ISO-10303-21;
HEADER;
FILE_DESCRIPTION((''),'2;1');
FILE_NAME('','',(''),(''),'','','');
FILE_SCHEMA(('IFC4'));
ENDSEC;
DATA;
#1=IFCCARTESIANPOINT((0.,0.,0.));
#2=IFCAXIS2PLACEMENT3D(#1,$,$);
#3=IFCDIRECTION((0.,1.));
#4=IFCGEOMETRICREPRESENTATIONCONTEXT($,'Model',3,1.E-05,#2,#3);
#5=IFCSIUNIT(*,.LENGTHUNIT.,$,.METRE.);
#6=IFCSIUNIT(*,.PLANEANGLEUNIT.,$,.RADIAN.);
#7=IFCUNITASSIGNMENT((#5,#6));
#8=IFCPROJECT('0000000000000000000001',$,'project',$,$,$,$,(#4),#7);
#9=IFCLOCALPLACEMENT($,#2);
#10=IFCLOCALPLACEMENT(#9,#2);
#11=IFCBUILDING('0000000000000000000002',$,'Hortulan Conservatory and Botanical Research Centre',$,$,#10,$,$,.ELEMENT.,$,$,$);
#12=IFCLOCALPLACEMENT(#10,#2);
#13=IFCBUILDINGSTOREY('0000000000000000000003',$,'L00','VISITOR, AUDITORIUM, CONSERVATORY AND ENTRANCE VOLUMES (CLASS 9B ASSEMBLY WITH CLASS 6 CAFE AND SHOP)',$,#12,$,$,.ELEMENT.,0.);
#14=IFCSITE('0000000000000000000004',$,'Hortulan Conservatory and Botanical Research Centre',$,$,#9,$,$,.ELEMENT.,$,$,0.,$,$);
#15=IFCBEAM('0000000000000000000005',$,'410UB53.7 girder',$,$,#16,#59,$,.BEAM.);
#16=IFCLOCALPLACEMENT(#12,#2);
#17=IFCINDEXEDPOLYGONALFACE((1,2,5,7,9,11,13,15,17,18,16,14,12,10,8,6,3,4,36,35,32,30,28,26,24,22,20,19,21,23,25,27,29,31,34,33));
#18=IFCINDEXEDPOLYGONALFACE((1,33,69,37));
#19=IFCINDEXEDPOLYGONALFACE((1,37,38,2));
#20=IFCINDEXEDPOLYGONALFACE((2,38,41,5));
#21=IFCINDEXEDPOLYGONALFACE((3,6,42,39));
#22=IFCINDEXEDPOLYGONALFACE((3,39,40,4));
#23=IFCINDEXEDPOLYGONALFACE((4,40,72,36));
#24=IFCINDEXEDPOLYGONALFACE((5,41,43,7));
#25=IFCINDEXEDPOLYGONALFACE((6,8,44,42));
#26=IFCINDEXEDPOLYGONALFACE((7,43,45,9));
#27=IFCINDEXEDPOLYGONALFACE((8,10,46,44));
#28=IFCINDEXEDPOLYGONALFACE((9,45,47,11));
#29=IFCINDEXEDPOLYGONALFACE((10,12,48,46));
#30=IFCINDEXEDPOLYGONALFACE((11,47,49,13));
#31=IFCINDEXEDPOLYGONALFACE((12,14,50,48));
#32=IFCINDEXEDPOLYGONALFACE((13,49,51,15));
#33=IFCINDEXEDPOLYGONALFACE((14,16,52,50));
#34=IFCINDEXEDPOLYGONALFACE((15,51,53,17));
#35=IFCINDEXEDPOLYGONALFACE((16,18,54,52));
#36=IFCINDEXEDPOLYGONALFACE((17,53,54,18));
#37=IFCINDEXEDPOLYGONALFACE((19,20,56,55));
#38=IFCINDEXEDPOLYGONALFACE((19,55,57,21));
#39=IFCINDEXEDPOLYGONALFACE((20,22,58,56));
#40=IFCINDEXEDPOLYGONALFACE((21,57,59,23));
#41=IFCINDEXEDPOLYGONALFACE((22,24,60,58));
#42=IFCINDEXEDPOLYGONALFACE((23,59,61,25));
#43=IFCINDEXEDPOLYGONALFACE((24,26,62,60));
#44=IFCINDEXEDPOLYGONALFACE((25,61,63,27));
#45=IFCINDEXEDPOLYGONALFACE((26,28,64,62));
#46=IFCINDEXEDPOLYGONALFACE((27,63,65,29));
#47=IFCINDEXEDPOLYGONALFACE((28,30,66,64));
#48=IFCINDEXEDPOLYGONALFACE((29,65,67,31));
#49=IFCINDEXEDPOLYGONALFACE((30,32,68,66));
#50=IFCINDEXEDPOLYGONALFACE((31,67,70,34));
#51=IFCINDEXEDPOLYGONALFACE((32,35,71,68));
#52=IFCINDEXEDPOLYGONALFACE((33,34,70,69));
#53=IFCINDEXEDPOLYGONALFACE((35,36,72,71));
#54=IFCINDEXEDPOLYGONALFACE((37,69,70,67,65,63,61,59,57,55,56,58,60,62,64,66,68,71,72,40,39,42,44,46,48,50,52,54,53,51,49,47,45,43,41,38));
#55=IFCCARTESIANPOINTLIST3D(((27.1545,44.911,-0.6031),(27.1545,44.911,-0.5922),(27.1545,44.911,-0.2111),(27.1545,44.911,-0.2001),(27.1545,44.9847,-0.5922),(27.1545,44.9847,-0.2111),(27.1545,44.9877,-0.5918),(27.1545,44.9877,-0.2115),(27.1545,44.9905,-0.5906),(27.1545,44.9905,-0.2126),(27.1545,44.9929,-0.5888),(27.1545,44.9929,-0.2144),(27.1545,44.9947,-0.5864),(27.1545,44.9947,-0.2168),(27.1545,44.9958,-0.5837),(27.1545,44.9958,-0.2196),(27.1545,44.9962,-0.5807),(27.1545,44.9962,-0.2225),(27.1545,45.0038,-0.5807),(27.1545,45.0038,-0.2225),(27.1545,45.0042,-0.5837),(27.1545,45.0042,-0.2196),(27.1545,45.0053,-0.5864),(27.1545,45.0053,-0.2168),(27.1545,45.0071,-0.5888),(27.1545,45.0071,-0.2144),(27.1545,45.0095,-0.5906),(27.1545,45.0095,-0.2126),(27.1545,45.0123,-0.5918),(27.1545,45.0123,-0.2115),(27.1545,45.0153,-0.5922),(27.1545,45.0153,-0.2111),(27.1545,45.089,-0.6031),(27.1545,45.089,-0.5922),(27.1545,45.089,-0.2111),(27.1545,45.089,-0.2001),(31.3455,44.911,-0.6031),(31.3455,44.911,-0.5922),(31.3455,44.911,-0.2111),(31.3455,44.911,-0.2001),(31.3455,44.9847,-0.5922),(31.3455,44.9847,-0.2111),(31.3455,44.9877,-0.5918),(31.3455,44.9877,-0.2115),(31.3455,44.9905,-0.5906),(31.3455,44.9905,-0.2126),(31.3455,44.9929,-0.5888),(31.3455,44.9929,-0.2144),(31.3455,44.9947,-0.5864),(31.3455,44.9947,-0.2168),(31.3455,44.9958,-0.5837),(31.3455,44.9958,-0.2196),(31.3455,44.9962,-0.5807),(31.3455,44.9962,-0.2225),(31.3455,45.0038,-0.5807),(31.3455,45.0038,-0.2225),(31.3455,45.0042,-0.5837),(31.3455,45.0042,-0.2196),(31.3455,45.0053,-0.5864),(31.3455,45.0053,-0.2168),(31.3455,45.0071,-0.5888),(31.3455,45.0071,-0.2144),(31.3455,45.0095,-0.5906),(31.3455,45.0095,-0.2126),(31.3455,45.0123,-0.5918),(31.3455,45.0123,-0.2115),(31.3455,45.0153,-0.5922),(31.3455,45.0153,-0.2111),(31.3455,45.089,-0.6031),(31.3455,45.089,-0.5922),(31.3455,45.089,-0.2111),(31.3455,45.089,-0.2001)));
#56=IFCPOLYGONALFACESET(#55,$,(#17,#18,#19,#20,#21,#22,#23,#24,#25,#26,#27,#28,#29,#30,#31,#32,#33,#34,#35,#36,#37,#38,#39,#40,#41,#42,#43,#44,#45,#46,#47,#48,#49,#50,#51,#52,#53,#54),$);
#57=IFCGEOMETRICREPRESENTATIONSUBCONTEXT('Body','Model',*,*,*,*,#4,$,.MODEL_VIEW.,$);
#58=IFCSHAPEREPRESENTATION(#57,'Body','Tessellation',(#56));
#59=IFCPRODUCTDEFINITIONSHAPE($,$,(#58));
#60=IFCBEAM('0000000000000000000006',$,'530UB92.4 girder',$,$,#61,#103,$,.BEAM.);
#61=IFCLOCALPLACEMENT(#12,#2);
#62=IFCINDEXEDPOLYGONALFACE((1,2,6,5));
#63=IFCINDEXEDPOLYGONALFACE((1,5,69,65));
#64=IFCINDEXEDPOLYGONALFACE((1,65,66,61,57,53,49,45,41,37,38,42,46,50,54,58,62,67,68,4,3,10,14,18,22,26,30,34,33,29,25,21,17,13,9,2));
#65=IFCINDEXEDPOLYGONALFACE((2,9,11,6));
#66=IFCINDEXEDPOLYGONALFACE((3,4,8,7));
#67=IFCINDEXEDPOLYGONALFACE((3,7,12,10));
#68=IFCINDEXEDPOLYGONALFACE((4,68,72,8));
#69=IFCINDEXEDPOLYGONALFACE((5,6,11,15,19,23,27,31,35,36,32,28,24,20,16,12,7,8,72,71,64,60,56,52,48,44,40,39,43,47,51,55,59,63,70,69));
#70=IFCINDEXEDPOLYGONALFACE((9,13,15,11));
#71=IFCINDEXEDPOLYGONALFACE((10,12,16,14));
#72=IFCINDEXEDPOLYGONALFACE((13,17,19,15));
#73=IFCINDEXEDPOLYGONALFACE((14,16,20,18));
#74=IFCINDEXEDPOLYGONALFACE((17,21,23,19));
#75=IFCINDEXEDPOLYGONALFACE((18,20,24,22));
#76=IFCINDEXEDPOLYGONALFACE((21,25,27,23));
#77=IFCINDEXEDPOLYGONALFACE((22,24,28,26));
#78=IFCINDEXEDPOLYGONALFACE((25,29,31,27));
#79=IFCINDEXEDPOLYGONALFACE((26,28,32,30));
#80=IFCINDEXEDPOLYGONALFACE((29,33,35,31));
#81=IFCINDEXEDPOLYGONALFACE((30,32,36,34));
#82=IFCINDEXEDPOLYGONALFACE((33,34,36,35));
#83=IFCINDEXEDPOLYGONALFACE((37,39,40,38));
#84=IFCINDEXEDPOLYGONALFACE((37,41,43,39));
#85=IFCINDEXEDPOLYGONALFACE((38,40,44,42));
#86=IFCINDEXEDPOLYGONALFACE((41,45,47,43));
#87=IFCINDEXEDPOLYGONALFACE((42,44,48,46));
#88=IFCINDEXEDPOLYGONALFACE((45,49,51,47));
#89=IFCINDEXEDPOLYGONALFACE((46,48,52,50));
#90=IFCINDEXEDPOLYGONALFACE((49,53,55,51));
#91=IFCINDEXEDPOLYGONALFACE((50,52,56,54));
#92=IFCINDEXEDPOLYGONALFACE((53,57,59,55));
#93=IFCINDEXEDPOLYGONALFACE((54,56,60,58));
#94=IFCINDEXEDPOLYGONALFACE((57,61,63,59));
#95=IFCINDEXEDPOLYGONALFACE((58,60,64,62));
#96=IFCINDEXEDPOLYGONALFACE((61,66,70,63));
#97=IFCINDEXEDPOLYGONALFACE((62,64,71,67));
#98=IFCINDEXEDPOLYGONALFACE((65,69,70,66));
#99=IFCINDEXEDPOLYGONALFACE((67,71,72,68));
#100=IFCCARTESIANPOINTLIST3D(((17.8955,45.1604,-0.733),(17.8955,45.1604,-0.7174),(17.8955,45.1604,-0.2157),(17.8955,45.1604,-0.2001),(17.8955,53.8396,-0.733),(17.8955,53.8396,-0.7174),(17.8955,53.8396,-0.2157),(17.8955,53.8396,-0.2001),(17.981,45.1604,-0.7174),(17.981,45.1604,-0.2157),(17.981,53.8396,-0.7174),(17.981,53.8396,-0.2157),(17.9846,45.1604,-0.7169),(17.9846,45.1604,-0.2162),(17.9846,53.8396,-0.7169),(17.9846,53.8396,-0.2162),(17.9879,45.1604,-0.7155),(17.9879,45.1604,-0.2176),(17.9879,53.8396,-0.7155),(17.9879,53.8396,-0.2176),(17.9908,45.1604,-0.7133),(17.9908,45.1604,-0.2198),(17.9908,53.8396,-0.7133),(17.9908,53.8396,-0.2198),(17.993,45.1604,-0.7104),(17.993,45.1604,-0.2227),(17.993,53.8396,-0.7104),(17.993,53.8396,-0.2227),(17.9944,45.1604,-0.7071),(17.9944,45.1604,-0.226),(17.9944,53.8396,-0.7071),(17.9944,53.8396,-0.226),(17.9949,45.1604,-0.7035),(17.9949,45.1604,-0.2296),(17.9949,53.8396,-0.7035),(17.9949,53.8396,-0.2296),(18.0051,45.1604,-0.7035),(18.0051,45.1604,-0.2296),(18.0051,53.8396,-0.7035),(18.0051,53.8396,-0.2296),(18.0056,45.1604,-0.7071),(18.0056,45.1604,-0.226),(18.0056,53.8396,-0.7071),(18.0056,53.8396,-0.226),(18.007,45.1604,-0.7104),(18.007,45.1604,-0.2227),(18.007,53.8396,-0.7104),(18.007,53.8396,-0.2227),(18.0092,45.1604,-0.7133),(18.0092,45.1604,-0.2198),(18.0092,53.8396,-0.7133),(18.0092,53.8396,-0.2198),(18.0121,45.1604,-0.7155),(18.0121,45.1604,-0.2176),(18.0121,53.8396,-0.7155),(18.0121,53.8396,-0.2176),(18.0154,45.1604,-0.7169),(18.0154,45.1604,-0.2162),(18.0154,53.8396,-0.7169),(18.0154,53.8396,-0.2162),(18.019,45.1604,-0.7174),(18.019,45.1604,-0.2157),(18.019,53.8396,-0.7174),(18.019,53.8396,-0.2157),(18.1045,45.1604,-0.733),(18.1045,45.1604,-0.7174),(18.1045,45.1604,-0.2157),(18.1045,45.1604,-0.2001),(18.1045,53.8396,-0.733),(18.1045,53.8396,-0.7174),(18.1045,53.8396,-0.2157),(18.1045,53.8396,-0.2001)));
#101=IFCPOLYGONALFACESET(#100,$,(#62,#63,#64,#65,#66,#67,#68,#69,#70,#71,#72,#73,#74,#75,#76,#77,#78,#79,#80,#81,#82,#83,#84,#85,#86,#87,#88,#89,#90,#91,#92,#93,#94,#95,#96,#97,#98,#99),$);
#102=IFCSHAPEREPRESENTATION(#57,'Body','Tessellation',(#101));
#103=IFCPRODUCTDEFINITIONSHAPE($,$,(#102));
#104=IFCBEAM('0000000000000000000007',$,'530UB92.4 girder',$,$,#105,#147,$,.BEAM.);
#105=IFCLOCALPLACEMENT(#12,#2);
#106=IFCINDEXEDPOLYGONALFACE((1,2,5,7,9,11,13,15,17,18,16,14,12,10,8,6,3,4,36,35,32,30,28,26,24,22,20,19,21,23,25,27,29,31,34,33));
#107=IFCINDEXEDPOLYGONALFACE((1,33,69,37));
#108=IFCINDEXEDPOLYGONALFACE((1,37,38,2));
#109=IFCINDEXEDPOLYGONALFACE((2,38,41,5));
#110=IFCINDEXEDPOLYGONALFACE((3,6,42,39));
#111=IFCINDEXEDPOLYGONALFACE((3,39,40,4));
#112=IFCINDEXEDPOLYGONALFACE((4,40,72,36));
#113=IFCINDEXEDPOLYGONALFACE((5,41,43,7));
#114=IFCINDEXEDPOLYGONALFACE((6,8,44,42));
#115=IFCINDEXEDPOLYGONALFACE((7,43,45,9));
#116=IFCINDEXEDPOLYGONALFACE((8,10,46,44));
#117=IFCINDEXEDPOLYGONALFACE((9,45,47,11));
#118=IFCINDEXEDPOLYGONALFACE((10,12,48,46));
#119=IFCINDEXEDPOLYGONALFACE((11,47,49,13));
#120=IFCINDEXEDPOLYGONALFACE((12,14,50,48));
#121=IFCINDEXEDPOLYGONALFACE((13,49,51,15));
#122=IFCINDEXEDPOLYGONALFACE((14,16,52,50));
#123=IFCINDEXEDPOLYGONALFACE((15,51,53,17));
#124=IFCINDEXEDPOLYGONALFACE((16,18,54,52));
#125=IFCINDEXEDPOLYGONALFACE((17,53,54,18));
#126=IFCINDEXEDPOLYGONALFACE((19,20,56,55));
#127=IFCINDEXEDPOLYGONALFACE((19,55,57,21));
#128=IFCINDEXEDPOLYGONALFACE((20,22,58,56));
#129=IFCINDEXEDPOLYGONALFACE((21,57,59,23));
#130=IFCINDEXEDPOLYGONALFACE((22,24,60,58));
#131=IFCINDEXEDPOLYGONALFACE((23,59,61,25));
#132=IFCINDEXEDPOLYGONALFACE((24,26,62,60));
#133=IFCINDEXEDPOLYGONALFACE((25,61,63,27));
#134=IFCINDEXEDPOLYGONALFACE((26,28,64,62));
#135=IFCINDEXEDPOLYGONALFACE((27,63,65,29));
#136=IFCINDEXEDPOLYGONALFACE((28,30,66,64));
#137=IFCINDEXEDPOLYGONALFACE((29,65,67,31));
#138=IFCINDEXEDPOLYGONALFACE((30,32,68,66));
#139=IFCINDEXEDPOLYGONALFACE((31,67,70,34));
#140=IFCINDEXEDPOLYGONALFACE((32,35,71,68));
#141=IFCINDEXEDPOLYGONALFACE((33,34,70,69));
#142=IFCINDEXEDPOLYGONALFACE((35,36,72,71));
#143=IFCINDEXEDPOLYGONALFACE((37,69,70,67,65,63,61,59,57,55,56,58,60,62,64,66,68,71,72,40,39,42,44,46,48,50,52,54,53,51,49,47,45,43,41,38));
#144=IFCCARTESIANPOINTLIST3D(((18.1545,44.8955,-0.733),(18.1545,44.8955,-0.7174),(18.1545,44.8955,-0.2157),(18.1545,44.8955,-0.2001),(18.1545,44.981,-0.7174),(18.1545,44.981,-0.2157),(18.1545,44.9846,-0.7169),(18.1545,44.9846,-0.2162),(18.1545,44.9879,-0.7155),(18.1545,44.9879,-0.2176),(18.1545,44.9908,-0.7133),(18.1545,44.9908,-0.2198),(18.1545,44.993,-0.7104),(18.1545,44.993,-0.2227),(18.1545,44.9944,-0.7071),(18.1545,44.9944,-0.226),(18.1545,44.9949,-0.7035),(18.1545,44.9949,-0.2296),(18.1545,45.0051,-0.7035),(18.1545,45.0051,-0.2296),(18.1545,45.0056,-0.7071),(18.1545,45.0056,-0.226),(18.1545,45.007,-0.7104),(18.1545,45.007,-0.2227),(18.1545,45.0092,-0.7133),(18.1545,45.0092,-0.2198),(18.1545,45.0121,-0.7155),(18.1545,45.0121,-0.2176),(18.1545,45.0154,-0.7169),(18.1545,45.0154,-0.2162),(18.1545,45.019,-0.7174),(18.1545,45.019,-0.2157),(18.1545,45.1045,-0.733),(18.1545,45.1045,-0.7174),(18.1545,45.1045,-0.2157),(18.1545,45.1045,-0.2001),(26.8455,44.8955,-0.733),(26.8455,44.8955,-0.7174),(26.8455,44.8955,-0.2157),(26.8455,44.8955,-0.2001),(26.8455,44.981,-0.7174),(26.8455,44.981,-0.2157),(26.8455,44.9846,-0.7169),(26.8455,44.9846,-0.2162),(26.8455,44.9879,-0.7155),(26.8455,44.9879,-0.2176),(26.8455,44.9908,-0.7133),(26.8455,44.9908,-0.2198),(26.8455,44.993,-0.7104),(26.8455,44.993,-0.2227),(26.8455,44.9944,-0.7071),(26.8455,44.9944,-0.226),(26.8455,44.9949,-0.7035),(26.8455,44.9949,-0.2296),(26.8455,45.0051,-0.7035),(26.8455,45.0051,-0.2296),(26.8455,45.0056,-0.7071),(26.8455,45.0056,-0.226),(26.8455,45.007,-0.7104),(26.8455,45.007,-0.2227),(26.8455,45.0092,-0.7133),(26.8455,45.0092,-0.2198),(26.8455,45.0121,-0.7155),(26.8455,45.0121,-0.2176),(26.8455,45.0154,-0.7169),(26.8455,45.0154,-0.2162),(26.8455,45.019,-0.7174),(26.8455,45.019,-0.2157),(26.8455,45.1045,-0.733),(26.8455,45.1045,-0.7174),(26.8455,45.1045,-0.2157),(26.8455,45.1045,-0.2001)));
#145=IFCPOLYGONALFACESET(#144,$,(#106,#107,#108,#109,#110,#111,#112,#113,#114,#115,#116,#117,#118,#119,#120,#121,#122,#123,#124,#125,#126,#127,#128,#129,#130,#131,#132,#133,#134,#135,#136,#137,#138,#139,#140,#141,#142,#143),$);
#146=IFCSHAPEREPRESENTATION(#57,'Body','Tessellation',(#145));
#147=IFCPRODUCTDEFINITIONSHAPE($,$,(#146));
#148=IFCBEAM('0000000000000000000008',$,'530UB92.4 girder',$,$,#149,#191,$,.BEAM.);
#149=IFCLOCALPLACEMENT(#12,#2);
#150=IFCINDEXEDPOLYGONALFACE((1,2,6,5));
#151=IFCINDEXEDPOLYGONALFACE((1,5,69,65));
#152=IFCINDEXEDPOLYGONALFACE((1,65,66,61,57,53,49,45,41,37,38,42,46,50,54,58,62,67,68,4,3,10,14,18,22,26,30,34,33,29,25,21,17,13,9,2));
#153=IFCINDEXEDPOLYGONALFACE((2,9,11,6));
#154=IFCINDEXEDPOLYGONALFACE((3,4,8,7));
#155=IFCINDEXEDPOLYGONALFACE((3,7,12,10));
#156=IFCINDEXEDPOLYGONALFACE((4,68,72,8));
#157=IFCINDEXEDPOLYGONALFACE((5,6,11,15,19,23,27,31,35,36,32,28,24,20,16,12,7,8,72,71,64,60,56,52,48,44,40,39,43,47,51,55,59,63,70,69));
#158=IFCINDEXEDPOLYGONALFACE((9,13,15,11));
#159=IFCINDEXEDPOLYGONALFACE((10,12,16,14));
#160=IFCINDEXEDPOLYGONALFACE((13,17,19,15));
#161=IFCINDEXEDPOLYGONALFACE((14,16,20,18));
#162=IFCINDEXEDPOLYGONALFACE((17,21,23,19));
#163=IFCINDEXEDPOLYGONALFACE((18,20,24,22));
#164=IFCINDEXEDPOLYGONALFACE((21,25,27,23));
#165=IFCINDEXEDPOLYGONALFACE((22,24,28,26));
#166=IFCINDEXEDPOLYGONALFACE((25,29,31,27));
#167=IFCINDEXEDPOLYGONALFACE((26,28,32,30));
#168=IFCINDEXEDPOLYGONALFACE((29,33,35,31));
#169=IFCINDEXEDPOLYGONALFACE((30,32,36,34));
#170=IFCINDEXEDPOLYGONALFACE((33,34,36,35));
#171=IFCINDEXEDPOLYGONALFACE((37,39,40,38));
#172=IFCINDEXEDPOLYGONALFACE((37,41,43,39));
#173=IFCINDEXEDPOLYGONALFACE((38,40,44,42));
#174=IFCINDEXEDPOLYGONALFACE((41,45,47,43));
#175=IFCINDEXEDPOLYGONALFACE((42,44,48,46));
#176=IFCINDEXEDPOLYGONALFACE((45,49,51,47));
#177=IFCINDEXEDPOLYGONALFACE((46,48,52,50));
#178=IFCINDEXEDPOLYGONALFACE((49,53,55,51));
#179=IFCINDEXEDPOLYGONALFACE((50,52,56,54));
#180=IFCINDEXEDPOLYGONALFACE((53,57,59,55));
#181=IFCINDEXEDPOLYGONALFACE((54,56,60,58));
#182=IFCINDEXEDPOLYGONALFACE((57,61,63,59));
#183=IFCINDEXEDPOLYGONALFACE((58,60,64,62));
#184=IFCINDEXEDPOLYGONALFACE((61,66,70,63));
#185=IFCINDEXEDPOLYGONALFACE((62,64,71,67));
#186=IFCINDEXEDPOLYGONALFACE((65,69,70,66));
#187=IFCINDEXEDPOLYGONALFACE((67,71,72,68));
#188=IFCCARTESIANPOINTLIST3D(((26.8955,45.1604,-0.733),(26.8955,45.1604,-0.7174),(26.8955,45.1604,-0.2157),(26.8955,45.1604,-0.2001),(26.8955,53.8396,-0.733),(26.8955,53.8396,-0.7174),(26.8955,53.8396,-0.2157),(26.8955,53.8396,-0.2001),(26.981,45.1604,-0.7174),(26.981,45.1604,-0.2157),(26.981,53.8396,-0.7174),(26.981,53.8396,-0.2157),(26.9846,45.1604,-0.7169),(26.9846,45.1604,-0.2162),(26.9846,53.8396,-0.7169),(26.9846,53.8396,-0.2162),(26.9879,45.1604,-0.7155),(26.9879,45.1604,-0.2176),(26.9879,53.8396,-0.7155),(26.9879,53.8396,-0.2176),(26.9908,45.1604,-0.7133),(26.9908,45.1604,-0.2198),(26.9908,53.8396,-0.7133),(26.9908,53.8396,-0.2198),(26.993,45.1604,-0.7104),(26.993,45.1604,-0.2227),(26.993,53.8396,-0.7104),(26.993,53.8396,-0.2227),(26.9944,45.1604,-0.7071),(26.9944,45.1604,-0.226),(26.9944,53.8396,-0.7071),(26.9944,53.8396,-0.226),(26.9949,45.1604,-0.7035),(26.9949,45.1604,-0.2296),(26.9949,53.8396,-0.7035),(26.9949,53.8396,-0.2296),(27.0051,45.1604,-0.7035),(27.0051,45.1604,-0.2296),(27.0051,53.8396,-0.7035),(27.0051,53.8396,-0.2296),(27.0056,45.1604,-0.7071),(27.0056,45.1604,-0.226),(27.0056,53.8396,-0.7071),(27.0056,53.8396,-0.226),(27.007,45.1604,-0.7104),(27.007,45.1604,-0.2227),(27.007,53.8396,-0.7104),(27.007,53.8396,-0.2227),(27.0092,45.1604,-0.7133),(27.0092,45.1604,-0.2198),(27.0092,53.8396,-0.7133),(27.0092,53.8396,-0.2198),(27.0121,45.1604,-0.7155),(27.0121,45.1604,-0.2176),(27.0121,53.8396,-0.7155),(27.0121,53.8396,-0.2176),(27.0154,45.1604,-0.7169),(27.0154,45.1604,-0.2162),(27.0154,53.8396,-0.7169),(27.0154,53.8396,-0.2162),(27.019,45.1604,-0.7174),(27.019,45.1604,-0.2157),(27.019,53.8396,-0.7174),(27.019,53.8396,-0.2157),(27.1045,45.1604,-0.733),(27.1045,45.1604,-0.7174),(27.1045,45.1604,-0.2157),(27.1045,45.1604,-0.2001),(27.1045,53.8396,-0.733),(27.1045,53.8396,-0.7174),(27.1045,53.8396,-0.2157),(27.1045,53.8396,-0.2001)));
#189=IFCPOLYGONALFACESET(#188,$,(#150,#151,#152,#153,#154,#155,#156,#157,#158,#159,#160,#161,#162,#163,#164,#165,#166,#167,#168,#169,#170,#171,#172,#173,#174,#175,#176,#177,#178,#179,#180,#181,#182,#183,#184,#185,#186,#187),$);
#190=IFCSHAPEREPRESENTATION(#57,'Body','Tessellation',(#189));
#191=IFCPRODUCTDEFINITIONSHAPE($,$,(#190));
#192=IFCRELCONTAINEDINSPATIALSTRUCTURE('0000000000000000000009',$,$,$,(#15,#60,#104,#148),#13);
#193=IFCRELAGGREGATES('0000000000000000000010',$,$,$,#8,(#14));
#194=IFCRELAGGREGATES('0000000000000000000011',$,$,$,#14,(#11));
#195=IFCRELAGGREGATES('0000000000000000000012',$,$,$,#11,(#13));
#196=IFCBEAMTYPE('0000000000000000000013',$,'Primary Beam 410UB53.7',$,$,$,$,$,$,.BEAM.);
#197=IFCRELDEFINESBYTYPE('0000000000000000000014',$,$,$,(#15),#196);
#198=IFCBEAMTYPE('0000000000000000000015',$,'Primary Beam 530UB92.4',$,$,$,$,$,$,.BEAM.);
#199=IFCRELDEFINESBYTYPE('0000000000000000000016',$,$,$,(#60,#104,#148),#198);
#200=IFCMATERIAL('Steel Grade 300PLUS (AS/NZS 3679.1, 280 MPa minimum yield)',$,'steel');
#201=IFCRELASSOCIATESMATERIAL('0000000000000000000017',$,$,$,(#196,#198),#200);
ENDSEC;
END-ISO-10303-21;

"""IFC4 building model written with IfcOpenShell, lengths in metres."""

from ifc_helpers import new_model, si_unit, direction, frame, origin, origin_2d, place, context, subcontext, project, spatial, i_section, extrude, material, material_profile, profile_set, type_object, element, save


model = new_model("IFC4")

# Units and contexts
model_context = context("Model", 3, precision=1e-05, world=origin(), true_north=direction((0.0, 1.0)))
body_context = subcontext(model_context, "Body", "Model", "MODEL_VIEW")
ifc_project = project(units=[si_unit("LENGTHUNIT", "METRE"), si_unit("PLANEANGLEUNIT", "RADIAN")], contexts=[model_context])

# Site, building, storey
site_placement = place(None, origin())
site = spatial("IfcSite", under=ifc_project, at=site_placement, Name="Hortulan Conservatory and Botanical Research Centre", CompositionType="ELEMENT", RefElevation=0.0)
building_placement = place(site_placement, origin())
building = spatial("IfcBuilding", under=site, at=building_placement, Name="Hortulan Conservatory and Botanical Research Centre", CompositionType="ELEMENT")
storey_placement = place(building_placement, origin())
storey = spatial("IfcBuildingStorey", under=building, at=storey_placement, Name="L00", Description="VISITOR, AUDITORIUM, CONSERVATORY AND ENTRANCE VOLUMES (CLASS 9B ASSEMBLY WITH CLASS 6 CAFE AND SHOP)", CompositionType="ELEMENT", Elevation=0.0)

# Shared definitions
ifc_material_1 = material(Name="Steel Grade 300PLUS (AS/NZS 3679.1, 280 MPa minimum yield)", Category="steel")

# Beams
ifc_material_profile_1 = material_profile(ifc_material_1, i_section(OverallWidth=0.178, OverallDepth=0.4031, WebThickness=0.0076, FlangeThickness=0.011, FilletRadius=0.0115, at=origin_2d()), Name="410UB53.7")
ifc_profile_set_1 = profile_set([ifc_material_profile_1], Name="Steel Grade 300PLUS (AS/NZS 3679.1, 280 MPa minimum yield)")
beam_type_1 = type_object("IfcBeamType", Name="Primary Beam 410UB53.7", PredefinedType="BEAM", material=ifc_profile_set_1)
beam_1_placement = place(storey_placement, frame((27.1545, 45.0, -0.4016), z_axis=(1.0, 0.0, 0.0), x_axis=(0.0, 1.0, 0.0)))
element("IfcBeam", 1, at=beam_1_placement, inside=storey, type_object=beam_type_1, Name="410UB53.7 girder", PredefinedType="BEAM", context=body_context, shape_type="SweptSolid", body=[
    extrude(i_section(OverallWidth=0.178, OverallDepth=0.4031, WebThickness=0.0076, FlangeThickness=0.011, FilletRadius=0.0115, at=origin_2d()), origin(), (0.0, 0.0, 1.0), 4.1909),
])
ifc_material_profile_2 = material_profile(ifc_material_1, i_section(OverallWidth=0.209, OverallDepth=0.533, WebThickness=0.0103, FlangeThickness=0.0156, FilletRadius=0.0139, at=origin_2d()), Name="530UB92.4")
ifc_profile_set_2 = profile_set([ifc_material_profile_2], Name="Steel Grade 300PLUS (AS/NZS 3679.1, 280 MPa minimum yield)")
beam_type_2 = type_object("IfcBeamType", Name="Primary Beam 530UB92.4", PredefinedType="BEAM", material=ifc_profile_set_2)
beam_2_placement = place(storey_placement, frame((18.0, 45.1604, -0.4666), z_axis=(0.0, 1.0, 0.0), x_axis=(-1.0, 0.0, 0.0)))
element("IfcBeam", 2, at=beam_2_placement, inside=storey, type_object=beam_type_2, Name="530UB92.4 girder", PredefinedType="BEAM", context=body_context, shape_type="SweptSolid", body=[
    extrude(i_section(OverallWidth=0.209, OverallDepth=0.533, WebThickness=0.0103, FlangeThickness=0.0156, FilletRadius=0.0139, at=origin_2d()), origin(), (0.0, 0.0, 1.0), 8.6792),
])
beam_3_placement = place(storey_placement, frame((18.1545, 45.0, -0.4666), z_axis=(1.0, 0.0, 0.0), x_axis=(0.0, 1.0, 0.0)))
element("IfcBeam", 3, at=beam_3_placement, inside=storey, type_object=beam_type_2, Name="530UB92.4 girder", PredefinedType="BEAM", context=body_context, shape_type="SweptSolid", body=[
    extrude(i_section(OverallWidth=0.209, OverallDepth=0.533, WebThickness=0.0103, FlangeThickness=0.0156, FilletRadius=0.0139, at=origin_2d()), origin(), (0.0, 0.0, 1.0), 8.6909),
])
beam_4_placement = place(storey_placement, frame((27.0, 45.1604, -0.4666), z_axis=(0.0, 1.0, 0.0), x_axis=(-1.0, 0.0, 0.0)))
element("IfcBeam", 4, at=beam_4_placement, inside=storey, type_object=beam_type_2, Name="530UB92.4 girder", PredefinedType="BEAM", context=body_context, shape_type="SweptSolid", body=[
    extrude(i_section(OverallWidth=0.209, OverallDepth=0.533, WebThickness=0.0103, FlangeThickness=0.0156, FilletRadius=0.0139, at=origin_2d()), origin(), (0.0, 0.0, 1.0), 8.6792),
])

save(model, "model.ifc")
